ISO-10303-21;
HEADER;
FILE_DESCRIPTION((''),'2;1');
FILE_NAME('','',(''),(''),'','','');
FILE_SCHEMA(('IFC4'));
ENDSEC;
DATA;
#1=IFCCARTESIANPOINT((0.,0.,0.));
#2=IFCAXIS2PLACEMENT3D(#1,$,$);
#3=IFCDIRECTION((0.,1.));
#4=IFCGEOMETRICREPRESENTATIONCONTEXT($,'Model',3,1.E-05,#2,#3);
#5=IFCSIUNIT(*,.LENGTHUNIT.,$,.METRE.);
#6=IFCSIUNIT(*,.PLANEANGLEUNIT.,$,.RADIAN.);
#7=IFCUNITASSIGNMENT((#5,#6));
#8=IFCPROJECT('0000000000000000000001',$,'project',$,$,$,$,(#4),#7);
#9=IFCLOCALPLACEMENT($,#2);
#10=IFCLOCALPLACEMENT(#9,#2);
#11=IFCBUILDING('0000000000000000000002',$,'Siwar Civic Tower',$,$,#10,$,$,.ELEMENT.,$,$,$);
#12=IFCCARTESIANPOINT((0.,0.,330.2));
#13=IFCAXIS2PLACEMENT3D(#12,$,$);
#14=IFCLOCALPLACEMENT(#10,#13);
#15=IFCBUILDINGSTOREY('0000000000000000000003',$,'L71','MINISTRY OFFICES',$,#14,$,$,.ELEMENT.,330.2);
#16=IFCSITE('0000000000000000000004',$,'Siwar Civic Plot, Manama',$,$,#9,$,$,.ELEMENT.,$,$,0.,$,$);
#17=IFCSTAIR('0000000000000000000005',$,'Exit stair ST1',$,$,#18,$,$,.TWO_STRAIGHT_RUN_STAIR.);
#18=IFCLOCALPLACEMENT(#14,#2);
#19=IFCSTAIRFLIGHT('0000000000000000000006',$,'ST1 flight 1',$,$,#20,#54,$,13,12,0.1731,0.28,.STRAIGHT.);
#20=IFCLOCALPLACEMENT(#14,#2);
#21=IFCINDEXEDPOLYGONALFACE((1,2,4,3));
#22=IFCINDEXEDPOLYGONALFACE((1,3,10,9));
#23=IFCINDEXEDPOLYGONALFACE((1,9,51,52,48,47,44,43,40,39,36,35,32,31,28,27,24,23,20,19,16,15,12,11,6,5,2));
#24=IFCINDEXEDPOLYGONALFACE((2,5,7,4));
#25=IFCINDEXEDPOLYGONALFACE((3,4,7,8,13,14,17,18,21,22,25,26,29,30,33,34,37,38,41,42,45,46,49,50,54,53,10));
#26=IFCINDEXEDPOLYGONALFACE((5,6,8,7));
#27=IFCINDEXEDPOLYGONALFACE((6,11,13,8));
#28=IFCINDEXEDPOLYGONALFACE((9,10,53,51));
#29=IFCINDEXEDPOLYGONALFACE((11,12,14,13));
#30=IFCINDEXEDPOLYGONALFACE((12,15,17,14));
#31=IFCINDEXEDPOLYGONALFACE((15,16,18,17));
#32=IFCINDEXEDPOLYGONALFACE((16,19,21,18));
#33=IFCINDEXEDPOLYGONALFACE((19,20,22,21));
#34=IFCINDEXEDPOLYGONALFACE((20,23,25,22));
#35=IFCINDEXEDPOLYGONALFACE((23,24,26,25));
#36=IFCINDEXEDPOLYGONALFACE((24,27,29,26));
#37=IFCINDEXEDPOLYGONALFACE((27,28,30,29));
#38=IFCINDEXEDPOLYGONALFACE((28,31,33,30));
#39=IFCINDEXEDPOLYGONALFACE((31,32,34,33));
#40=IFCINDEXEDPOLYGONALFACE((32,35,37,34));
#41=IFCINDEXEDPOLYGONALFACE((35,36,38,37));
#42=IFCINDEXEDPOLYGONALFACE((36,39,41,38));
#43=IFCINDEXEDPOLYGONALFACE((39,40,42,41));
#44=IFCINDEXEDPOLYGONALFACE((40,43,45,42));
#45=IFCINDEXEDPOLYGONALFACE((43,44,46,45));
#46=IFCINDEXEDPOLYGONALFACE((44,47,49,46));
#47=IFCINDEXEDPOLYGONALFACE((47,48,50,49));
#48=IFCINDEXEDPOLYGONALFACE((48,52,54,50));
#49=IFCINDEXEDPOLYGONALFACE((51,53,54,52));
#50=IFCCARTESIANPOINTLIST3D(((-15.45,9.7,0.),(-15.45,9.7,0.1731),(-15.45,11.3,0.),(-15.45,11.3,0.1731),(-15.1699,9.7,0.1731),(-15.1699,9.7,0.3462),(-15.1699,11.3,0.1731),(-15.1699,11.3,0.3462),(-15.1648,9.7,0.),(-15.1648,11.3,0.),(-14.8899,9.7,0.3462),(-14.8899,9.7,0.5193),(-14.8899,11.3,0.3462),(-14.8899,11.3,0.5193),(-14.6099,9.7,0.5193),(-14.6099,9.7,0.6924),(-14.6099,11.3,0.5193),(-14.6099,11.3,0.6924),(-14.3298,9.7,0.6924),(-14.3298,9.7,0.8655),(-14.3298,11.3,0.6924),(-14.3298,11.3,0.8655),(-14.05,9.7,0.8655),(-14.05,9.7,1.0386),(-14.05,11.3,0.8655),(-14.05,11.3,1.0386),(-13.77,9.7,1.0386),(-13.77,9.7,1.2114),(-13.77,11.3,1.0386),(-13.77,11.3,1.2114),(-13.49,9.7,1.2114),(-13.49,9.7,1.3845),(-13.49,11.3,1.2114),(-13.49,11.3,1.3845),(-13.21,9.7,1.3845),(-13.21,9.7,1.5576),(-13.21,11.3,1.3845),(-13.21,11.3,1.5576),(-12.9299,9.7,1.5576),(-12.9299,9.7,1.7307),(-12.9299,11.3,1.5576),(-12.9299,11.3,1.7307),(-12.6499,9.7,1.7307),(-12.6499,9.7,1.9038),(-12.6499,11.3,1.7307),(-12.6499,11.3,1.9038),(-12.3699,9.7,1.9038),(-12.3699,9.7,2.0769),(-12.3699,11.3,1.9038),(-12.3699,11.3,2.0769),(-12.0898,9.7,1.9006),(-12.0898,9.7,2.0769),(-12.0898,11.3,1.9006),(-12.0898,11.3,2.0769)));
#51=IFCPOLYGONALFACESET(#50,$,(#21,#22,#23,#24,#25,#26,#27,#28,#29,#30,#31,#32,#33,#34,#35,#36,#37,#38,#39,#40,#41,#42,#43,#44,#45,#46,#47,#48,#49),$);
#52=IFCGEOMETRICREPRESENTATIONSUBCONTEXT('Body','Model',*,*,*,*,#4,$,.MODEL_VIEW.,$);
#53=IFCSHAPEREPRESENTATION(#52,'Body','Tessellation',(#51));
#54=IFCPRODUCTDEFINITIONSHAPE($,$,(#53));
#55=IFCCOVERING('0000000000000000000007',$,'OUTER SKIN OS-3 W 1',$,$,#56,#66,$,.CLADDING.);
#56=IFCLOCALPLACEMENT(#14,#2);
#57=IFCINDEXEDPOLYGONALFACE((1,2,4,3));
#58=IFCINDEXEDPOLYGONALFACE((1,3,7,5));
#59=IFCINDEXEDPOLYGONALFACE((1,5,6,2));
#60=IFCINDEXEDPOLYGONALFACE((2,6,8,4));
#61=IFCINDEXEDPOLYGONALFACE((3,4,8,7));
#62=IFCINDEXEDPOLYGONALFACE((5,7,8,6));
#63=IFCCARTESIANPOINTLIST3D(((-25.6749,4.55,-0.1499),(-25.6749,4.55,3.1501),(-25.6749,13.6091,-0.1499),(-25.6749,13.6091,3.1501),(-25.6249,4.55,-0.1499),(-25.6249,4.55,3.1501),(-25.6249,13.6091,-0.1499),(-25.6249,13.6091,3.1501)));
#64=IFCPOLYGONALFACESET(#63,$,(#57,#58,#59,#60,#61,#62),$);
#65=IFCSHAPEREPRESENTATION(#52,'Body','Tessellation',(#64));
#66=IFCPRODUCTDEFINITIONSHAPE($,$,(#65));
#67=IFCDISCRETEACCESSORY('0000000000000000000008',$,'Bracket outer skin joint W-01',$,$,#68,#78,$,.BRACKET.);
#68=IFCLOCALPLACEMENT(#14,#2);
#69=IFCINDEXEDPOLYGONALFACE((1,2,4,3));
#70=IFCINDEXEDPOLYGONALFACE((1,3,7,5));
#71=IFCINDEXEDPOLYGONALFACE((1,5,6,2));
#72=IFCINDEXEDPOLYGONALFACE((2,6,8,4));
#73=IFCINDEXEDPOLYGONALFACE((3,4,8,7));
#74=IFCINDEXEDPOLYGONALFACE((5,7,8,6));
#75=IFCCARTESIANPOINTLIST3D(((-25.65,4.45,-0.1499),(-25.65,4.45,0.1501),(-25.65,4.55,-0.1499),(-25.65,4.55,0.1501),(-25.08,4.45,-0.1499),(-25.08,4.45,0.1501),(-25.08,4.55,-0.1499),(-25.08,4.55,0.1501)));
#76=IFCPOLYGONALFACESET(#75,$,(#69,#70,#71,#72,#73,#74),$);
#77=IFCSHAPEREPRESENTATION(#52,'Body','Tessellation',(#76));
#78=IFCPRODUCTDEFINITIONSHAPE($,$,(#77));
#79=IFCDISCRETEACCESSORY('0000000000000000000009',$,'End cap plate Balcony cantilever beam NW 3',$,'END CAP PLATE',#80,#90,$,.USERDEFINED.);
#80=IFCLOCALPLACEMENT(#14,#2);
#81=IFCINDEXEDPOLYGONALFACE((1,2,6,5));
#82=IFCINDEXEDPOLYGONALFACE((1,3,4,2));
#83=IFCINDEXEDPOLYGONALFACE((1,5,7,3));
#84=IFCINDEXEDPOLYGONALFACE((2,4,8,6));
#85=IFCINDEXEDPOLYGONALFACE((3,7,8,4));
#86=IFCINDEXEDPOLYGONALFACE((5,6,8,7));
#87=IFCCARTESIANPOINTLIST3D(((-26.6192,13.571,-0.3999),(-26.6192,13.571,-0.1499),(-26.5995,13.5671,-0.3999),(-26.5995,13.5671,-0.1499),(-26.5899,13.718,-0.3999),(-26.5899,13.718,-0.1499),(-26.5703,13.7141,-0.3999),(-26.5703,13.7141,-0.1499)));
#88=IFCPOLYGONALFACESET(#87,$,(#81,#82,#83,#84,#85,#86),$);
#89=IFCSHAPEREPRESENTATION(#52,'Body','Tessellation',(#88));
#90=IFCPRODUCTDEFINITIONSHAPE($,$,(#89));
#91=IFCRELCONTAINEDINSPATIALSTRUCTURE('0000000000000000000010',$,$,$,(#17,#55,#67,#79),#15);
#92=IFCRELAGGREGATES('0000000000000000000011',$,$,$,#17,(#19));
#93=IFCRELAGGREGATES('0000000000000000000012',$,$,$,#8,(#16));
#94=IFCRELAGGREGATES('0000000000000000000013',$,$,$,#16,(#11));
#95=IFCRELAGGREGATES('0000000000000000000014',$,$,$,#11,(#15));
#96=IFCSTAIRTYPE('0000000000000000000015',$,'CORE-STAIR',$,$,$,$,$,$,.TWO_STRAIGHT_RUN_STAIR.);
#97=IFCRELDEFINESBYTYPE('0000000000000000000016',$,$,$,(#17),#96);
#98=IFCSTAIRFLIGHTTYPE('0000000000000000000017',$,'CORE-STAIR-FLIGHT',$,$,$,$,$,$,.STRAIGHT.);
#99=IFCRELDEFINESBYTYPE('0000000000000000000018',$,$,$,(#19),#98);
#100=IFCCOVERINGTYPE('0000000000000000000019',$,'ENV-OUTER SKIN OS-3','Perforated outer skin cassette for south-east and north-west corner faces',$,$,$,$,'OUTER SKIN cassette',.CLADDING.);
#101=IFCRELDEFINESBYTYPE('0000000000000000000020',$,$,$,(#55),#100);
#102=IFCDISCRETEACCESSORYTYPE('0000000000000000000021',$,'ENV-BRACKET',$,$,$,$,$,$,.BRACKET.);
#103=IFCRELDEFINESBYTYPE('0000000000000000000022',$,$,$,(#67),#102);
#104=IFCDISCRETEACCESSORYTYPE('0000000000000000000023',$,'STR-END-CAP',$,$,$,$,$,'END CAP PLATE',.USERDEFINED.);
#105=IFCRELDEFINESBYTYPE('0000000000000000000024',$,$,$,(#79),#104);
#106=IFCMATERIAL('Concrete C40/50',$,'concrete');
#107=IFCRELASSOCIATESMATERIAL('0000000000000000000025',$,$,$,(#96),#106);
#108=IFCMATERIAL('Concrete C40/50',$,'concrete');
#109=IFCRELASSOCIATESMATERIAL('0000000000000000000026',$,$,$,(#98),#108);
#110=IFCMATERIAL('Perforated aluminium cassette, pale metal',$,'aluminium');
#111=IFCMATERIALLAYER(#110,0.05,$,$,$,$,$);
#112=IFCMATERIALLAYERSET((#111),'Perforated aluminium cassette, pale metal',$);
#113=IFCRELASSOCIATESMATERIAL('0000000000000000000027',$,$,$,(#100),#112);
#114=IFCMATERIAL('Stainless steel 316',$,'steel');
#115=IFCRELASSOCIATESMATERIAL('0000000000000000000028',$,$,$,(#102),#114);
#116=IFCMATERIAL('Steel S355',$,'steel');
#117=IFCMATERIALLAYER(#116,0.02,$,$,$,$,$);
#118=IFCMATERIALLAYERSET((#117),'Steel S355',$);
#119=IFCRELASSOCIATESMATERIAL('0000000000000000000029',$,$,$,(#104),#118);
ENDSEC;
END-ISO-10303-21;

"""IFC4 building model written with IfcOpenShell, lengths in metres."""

from ifc_helpers import new_model, si_unit, direction, frame, origin, origin_2d, place, context, subcontext, project, spatial, polyline, rectangle, outline, extrude, material, layer, layer_set, type_object, element, aggregate, save


model = new_model("IFC4")

# Units and contexts
model_context = context("Model", 3, precision=1e-05, world=origin(), true_north=direction((0.0, 1.0)))
body_context = subcontext(model_context, "Body", "Model", "MODEL_VIEW")
ifc_project = project(units=[si_unit("LENGTHUNIT", "METRE"), si_unit("PLANEANGLEUNIT", "RADIAN")], contexts=[model_context])

# Site, building, storey
site_placement = place(None, origin())
site = spatial("IfcSite", under=ifc_project, at=site_placement, Name="Siwar Civic Plot, Manama", CompositionType="ELEMENT", RefElevation=0.0)
building_placement = place(site_placement, origin())
building = spatial("IfcBuilding", under=site, at=building_placement, Name="Siwar Civic Tower", CompositionType="ELEMENT")
storey_placement = place(building_placement, frame((0.0, 0.0, 330.2)))
storey = spatial("IfcBuildingStorey", under=building, at=storey_placement, Name="L71", Description="MINISTRY OFFICES", CompositionType="ELEMENT", Elevation=330.2)

# Stair, stair flight
ifc_material_1 = material(Name="Concrete C40/50", Category="concrete")
stair_type = type_object("IfcStairType", Name="CORE-STAIR", PredefinedType="TWO_STRAIGHT_RUN_STAIR", material=ifc_material_1)
stair_placement = place(storey_placement, origin())
stair = element("IfcStair", 1, at=stair_placement, inside=storey, type_object=stair_type, Name="Exit stair ST1", PredefinedType="TWO_STRAIGHT_RUN_STAIR")
ifc_material_2 = material(Name="Concrete C40/50", Category="concrete")
stair_flight_type = type_object("IfcStairFlightType", Name="CORE-STAIR-FLIGHT", PredefinedType="STRAIGHT", material=ifc_material_2)
stair_flight_placement = place(storey_placement, frame((-15.45, 10.5, 0.0), z_axis=(0.0, 0.0, 1.0), x_axis=(1.0, 0.0, 0.0)))
stair_flight = element("IfcStairFlight", 2, at=stair_flight_placement, type_object=stair_flight_type, Name="ST1 flight 1", NumberOfRisers=13, NumberOfTreads=12, PredefinedType="STRAIGHT", RiserHeight=0.1731, TreadLength=0.28, context=body_context, shape_type="SweptSolid", body=[
    extrude(outline(polyline([(0.0, 0.0), (0.0, 0.1731), (0.28, 0.1731), (0.28, 0.3462), (0.5601, 0.3462), (0.5601, 0.5193), (0.8401, 0.5193), (0.8401, 0.6924), (1.1201, 0.6924), (1.1201, 0.8655), (1.3999, 0.8655), (1.3999, 1.0386), (1.6799, 1.0386), (1.6799, 1.2114), (1.96, 1.2114), (1.96, 1.3845), (2.24, 1.3845), (2.24, 1.5576), (2.52, 1.5576), (2.52, 1.7307), (2.8, 1.7307), (2.8, 1.9038), (3.0801, 1.9038), (3.0801, 2.0769), (3.3601, 2.0769), (3.3601, 2.25), (3.3601, 1.9006), (0.2852, 0.0), (0.0, 0.0)])), frame((0.0, 0.8, 0.0), z_axis=(0.0, -1.0, 0.0), x_axis=(1.0, 0.0, 0.0)), (0.0, 0.0, 1.0), 1.6001),
])
aggregate(stair, [stair_flight])

# Covering
ifc_material_3 = material(Name="Perforated aluminium cassette, pale metal", Category="aluminium")
ifc_layer_1 = layer(ifc_material_3, 0.05)
ifc_layer_set_1 = layer_set([ifc_layer_1], Name="Perforated aluminium cassette, pale metal")
covering_type = type_object("IfcCoveringType", Name="ENV-OUTER SKIN OS-3", Description="Perforated outer skin cassette for south-east and north-west corner faces", ElementType="OUTER SKIN cassette", PredefinedType="CLADDING", material=ifc_layer_set_1)
covering_placement = place(storey_placement, frame((-25.6499, 9.0796, -0.1499), z_axis=(0.0, 0.0, 1.0), x_axis=(0.0, -1.0, 0.0)))
element("IfcCovering", 3, at=covering_placement, inside=storey, type_object=covering_type, Name="OUTER SKIN OS-3 W 1", PredefinedType="CLADDING", context=body_context, shape_type="SweptSolid", body=[
    extrude(rectangle(XDim=9.0591, YDim=0.05, at=origin_2d()), origin(), (0.0, 0.0, 1.0), 3.3),
])

# Discrete accessories
ifc_material_4 = material(Name="Stainless steel 316", Category="steel")
discrete_accessory_type_1 = type_object("IfcDiscreteAccessoryType", Name="ENV-BRACKET", PredefinedType="BRACKET", material=ifc_material_4)
discrete_accessory_1_placement = place(storey_placement, frame((-25.365, 4.5, -0.1499), z_axis=(0.0, 0.0, 1.0), x_axis=(-1.0, 0.0, 0.0)))
element("IfcDiscreteAccessory", 4, at=discrete_accessory_1_placement, inside=storey, type_object=discrete_accessory_type_1, Name="Bracket outer skin joint W-01", PredefinedType="BRACKET", context=body_context, shape_type="SweptSolid", body=[
    extrude(rectangle(XDim=0.5701, YDim=0.1001, at=origin_2d()), origin(), (0.0, 0.0, 1.0), 0.3),
])
ifc_material_5 = material(Name="Steel S355", Category="steel")
ifc_layer_2 = layer(ifc_material_5, 0.02)
ifc_layer_set_2 = layer_set([ifc_layer_2], Name="Steel S355")
discrete_accessory_type_2 = type_object("IfcDiscreteAccessoryType", Name="STR-END-CAP", ElementType="END CAP PLATE", PredefinedType="USERDEFINED", material=ifc_layer_set_2)
discrete_accessory_2_placement = place(storey_placement, frame((-26.5947, 13.6426, -0.3999), z_axis=(0.0, 0.0, 1.0), x_axis=(-0.980785, 0.19509, 0.0)))
element("IfcDiscreteAccessory", 5, at=discrete_accessory_2_placement, inside=storey, type_object=discrete_accessory_type_2, Name="End cap plate Balcony cantilever beam NW 3", ObjectType="END CAP PLATE", PredefinedType="USERDEFINED", context=body_context, shape_type="SweptSolid", body=[
    extrude(rectangle(XDim=0.02, YDim=0.1499, at=origin_2d()), origin(), (0.0, 0.0, 1.0), 0.25),
])

save(model, "model.ifc")
